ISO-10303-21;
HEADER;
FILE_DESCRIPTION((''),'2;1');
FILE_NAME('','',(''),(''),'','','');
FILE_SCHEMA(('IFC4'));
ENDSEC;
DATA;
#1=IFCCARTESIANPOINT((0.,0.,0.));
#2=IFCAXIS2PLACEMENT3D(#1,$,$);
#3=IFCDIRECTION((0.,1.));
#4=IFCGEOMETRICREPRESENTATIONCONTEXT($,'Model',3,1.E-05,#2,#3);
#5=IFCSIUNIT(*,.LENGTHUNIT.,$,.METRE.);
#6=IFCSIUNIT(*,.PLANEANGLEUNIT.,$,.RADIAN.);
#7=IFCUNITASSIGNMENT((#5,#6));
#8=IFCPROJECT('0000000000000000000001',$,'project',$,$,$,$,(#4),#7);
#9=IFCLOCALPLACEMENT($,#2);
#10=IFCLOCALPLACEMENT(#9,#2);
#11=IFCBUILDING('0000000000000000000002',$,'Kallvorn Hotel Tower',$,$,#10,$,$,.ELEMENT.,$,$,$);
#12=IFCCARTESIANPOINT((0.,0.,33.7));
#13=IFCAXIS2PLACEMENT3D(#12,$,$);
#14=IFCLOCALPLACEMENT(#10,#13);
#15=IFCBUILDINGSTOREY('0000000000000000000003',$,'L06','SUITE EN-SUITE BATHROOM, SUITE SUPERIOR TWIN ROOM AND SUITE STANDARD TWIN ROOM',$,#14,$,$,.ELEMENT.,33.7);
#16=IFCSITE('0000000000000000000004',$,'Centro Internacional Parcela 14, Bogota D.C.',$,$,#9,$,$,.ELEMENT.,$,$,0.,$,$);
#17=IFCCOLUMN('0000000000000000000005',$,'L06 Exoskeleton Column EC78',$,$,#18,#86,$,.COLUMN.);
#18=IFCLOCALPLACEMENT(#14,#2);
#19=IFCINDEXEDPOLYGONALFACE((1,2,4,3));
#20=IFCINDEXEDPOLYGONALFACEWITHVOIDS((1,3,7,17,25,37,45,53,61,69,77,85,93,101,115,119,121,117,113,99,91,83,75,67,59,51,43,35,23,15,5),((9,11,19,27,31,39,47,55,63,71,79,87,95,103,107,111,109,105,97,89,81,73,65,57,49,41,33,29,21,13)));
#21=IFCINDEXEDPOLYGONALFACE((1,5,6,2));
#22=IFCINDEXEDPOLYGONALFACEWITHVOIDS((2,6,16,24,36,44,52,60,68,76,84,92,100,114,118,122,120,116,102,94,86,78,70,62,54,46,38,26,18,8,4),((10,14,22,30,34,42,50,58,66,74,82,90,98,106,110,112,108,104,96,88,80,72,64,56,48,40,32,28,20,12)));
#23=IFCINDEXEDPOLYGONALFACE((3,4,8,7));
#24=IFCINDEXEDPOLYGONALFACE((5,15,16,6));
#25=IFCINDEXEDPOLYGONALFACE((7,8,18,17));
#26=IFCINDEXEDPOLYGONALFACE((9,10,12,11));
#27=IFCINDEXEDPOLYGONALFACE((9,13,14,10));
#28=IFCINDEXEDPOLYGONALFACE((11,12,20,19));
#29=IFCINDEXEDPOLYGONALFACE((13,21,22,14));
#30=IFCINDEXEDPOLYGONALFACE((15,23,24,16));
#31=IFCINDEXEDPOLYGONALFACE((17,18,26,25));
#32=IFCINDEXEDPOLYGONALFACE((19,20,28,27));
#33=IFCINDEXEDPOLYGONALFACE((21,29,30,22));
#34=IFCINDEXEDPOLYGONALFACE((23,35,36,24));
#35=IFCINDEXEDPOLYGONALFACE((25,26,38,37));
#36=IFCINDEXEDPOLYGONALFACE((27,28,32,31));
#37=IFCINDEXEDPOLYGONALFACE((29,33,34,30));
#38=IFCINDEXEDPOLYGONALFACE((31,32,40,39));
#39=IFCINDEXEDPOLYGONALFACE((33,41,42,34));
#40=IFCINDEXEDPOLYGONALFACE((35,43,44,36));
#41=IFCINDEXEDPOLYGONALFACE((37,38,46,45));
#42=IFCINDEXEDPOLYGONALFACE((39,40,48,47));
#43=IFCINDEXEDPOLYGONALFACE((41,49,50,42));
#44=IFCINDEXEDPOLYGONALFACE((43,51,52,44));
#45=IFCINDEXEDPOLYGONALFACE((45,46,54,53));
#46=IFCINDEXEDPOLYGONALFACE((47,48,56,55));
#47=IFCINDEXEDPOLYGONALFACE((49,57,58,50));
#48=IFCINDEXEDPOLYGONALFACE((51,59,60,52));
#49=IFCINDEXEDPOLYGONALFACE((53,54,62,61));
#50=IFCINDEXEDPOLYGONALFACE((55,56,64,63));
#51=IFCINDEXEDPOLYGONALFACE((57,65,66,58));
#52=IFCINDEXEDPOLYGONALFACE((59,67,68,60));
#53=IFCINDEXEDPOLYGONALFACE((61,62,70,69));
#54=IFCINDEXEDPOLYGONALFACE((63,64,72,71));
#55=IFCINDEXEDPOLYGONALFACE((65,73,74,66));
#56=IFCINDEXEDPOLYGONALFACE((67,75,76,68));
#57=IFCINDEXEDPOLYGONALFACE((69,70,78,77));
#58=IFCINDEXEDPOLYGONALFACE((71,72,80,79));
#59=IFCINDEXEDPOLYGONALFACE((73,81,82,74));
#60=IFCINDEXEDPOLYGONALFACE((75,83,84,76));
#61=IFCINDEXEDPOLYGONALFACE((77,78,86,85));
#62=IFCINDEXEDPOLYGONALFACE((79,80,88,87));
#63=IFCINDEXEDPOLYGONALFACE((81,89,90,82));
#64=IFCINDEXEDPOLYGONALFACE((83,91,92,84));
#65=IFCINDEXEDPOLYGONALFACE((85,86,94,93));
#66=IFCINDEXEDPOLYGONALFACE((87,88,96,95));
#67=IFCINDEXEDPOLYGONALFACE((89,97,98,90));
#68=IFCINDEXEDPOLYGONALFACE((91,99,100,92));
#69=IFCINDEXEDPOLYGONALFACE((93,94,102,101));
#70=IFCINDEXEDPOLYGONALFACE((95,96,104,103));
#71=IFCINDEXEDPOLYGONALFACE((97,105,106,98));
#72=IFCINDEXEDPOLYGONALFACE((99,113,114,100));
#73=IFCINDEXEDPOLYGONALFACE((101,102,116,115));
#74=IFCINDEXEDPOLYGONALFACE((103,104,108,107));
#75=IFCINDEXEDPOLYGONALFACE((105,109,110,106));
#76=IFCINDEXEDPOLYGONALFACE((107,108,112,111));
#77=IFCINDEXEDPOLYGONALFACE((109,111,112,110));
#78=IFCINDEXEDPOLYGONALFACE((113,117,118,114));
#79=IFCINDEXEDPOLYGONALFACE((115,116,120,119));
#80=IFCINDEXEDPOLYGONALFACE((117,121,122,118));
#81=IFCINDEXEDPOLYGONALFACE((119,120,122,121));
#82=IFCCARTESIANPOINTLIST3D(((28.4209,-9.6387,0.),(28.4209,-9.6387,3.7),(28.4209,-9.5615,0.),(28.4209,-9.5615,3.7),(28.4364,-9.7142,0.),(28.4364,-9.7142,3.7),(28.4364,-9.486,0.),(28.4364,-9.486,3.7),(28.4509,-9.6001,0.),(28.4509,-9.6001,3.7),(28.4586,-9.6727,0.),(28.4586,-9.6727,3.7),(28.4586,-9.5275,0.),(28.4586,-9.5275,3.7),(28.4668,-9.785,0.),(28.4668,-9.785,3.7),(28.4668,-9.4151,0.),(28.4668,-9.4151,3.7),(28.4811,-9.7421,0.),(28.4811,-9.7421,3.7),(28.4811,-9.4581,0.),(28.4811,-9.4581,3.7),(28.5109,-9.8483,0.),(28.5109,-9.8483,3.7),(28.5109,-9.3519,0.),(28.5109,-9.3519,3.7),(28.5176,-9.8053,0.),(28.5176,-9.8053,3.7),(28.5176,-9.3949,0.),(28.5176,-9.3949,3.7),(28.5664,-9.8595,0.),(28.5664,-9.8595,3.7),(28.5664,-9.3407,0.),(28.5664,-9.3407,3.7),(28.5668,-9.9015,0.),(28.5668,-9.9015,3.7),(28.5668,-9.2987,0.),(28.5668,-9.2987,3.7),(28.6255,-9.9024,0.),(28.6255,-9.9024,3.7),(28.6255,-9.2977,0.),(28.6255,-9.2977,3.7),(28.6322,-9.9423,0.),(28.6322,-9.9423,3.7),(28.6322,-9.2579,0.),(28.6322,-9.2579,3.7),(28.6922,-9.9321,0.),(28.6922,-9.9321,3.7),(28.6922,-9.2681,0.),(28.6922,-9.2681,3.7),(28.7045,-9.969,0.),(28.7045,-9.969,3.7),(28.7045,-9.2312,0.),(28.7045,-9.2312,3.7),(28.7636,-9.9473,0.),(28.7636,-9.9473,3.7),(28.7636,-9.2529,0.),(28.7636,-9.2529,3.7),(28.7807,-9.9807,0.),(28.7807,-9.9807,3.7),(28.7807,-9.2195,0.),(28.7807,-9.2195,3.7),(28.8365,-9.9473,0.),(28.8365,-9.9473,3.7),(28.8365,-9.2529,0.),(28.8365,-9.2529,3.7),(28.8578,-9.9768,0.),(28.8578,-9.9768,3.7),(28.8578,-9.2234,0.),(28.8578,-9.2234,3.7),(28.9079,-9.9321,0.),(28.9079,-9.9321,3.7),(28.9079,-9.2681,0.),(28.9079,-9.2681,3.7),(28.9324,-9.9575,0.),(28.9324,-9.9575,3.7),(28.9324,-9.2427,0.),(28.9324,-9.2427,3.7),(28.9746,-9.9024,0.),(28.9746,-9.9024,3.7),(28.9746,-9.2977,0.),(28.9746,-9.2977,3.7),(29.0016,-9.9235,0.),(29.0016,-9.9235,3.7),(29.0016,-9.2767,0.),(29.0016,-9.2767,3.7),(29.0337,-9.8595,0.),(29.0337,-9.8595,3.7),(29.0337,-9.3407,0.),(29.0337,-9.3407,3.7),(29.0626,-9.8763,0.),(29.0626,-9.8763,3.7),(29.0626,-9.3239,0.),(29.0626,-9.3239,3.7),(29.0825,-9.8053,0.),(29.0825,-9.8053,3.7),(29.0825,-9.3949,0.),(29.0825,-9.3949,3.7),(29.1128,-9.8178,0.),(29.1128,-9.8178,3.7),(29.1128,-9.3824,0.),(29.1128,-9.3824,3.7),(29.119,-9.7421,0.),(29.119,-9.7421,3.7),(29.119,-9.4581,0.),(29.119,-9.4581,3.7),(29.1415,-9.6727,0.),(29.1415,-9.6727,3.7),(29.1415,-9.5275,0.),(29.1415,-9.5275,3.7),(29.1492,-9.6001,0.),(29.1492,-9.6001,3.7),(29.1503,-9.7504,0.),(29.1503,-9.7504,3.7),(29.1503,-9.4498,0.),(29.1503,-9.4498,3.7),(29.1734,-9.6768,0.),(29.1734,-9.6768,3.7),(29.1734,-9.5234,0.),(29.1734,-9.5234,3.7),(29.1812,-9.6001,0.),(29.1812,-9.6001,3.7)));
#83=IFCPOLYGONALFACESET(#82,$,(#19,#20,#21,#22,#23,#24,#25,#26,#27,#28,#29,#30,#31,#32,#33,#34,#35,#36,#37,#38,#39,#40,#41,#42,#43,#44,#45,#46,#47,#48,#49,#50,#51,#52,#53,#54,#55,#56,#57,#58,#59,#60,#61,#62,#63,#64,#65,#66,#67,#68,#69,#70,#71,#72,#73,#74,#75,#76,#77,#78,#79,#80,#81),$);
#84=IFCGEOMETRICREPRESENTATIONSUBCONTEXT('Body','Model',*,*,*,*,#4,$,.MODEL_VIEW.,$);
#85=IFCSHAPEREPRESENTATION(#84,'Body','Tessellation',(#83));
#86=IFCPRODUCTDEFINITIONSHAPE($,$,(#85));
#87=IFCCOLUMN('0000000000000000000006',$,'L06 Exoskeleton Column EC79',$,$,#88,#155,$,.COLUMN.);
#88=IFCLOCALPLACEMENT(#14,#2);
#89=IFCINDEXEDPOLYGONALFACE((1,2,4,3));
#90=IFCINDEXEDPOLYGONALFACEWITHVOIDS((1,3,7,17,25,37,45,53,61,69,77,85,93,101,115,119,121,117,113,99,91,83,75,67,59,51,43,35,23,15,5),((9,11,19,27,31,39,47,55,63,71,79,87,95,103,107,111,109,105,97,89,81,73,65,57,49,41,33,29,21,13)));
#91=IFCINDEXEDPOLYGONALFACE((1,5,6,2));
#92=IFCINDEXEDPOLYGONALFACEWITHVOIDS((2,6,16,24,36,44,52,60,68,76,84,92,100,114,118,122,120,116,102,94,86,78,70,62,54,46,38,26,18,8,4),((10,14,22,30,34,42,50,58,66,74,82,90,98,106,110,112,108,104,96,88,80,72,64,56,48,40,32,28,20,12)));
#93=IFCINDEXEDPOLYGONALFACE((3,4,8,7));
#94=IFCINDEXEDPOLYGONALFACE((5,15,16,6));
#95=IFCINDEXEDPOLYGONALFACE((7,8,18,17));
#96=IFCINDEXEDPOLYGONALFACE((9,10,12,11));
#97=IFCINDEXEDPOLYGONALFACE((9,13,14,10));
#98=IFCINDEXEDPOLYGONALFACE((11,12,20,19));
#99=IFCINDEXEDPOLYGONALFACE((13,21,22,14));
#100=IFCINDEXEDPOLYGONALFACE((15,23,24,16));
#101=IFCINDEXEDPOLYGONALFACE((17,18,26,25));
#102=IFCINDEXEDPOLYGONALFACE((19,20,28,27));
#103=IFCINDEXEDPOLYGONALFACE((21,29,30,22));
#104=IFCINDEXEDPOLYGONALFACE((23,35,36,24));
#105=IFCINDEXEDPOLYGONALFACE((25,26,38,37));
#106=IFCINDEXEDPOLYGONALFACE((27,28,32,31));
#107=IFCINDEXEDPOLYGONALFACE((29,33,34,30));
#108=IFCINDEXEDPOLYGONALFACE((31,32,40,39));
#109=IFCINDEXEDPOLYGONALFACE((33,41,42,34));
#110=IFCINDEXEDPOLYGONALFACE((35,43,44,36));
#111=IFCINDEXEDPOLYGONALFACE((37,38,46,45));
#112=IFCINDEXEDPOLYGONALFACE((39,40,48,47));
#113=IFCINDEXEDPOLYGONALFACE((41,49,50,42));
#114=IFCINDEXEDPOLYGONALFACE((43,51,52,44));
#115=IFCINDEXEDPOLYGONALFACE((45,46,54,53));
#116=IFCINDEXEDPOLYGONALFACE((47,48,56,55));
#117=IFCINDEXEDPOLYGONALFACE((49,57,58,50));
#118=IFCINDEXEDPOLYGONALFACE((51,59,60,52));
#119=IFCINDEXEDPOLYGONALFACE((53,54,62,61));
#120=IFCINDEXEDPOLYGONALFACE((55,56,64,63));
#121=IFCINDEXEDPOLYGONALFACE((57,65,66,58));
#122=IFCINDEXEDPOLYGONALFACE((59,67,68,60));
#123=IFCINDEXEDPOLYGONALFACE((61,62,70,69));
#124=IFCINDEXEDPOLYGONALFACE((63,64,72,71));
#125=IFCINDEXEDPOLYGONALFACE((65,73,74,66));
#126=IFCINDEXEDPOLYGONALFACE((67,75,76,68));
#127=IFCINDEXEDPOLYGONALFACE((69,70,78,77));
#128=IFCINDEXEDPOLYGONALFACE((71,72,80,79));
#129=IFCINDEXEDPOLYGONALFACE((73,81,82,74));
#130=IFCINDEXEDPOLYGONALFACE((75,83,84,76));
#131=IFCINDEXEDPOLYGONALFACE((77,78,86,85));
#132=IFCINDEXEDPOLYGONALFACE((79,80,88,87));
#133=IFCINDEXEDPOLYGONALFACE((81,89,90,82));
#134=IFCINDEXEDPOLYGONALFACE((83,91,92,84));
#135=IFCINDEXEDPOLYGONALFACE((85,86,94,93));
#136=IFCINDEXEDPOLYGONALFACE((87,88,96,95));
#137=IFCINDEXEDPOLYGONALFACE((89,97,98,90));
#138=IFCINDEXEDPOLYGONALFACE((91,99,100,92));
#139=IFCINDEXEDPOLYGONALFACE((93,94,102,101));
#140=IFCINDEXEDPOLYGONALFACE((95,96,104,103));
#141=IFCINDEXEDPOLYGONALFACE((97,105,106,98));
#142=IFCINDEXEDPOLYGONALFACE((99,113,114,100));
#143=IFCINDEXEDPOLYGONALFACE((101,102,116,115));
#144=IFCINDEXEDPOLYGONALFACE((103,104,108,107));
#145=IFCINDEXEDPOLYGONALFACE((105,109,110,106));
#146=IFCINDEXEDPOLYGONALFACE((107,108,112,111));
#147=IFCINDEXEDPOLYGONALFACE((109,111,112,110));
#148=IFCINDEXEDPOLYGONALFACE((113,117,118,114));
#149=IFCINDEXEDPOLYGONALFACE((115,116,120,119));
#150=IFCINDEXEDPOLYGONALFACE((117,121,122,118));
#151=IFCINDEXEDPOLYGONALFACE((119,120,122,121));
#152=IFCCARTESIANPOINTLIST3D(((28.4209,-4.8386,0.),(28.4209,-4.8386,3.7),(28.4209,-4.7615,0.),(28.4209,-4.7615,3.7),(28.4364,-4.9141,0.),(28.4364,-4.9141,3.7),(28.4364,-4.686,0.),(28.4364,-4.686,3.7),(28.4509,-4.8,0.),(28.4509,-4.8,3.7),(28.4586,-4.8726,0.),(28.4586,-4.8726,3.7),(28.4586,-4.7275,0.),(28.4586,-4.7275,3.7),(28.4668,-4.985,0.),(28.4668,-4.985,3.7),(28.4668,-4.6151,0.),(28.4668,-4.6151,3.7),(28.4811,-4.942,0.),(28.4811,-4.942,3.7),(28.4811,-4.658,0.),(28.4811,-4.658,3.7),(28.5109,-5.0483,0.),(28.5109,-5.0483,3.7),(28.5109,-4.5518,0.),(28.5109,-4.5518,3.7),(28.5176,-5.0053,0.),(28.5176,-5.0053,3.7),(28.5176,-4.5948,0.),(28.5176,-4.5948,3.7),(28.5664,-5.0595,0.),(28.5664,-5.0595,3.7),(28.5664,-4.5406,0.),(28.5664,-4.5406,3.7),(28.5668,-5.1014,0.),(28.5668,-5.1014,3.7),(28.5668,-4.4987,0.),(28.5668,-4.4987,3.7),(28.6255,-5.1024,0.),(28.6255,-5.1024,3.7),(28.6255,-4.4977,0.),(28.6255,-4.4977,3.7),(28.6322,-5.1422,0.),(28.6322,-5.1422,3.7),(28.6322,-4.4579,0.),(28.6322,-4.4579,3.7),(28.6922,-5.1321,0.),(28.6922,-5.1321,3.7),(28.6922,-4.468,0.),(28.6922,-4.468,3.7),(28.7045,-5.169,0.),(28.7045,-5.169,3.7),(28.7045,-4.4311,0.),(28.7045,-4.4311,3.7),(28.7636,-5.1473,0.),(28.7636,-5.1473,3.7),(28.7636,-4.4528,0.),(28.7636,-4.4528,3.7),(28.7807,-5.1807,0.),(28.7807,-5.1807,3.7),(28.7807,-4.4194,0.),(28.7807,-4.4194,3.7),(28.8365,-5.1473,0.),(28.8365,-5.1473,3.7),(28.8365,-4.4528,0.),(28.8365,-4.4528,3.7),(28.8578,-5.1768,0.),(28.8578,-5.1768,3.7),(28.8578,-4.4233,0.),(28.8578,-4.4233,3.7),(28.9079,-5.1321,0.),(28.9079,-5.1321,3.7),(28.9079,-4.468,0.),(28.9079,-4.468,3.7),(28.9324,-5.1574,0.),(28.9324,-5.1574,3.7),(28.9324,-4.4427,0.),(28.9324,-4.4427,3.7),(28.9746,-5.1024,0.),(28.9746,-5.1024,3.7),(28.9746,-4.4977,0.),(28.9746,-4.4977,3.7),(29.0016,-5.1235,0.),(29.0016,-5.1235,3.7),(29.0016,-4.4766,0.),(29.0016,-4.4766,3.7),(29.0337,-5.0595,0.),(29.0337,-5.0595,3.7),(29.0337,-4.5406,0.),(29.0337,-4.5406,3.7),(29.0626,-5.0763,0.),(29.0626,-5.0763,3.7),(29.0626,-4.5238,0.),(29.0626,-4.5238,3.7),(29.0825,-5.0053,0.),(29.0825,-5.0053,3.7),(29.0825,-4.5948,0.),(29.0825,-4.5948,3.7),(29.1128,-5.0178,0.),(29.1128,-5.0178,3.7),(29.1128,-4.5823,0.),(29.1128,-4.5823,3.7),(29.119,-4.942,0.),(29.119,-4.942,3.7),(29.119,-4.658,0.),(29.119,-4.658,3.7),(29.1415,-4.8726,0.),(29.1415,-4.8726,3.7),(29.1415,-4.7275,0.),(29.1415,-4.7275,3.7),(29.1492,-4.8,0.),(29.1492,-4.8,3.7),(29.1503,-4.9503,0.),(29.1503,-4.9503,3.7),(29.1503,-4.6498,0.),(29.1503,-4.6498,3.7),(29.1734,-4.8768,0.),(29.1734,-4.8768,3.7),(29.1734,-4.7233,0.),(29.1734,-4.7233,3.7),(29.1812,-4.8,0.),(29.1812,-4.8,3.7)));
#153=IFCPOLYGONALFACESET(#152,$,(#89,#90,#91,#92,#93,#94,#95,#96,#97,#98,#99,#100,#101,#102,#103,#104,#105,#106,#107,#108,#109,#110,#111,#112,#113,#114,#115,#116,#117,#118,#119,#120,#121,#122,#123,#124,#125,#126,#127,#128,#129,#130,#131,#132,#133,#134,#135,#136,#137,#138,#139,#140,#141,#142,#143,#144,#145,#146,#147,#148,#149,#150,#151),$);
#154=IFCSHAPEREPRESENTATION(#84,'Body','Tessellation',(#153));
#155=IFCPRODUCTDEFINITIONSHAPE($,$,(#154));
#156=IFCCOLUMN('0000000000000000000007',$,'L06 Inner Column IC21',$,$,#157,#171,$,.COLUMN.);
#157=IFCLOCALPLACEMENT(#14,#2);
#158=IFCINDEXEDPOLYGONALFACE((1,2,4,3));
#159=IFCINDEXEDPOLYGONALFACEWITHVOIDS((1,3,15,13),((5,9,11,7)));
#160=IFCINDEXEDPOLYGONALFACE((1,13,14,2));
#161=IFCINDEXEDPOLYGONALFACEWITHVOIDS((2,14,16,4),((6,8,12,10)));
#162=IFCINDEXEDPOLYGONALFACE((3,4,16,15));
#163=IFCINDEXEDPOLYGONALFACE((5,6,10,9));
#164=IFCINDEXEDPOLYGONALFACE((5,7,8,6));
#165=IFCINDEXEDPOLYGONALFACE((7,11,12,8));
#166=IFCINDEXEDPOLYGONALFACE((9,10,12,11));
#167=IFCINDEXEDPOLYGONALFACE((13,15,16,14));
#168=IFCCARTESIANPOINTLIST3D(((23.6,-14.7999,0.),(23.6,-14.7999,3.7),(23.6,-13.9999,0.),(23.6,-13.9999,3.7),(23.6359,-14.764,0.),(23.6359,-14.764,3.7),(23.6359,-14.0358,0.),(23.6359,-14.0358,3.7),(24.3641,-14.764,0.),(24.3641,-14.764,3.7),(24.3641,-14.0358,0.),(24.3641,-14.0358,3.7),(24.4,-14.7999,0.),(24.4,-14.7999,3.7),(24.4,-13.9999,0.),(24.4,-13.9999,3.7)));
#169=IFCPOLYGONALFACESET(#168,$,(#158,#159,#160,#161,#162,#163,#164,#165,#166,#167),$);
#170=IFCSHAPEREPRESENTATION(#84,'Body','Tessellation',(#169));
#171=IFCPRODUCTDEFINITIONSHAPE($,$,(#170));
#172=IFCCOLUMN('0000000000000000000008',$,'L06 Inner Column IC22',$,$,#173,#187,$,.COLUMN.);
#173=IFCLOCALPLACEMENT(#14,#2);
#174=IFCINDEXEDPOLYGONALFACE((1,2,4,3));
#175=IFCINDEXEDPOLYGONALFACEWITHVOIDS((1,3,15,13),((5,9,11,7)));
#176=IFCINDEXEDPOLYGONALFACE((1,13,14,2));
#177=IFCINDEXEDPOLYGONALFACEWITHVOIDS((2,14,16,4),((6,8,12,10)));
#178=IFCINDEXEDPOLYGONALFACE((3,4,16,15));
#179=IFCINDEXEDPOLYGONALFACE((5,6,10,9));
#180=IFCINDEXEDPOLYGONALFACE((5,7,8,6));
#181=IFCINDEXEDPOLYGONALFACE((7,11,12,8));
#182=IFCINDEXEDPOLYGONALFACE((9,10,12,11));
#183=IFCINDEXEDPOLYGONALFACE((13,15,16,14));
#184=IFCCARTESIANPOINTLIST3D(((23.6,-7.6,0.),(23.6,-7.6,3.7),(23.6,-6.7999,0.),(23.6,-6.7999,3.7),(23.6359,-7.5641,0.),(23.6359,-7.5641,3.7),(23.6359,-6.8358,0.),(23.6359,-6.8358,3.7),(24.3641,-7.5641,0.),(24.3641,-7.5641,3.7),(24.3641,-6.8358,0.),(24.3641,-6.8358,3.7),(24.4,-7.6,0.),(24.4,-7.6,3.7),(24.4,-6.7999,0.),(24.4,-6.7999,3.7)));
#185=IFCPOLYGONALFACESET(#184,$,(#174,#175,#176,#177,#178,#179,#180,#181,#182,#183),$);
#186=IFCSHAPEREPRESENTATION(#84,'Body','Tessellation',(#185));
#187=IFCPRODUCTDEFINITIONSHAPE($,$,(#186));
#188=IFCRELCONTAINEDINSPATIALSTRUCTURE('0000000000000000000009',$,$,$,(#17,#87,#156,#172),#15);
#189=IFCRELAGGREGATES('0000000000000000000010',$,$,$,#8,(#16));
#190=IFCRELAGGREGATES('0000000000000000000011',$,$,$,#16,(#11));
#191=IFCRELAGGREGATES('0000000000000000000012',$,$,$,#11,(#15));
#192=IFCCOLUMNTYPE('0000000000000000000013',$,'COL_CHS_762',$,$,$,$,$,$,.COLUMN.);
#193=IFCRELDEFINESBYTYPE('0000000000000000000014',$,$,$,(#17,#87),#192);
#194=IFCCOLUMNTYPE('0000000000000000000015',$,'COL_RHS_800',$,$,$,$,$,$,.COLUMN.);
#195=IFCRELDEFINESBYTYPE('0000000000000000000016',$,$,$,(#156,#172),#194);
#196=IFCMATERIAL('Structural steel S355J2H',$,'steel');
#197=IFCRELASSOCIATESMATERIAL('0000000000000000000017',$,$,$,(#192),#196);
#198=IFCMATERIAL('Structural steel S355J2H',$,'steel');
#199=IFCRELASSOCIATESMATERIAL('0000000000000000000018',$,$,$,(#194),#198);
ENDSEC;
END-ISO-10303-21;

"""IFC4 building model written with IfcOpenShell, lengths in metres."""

from ifc_helpers import new_model, si_unit, direction, frame, origin, origin_2d, place, context, subcontext, project, spatial, hollow_rectangle, hollow_circle, extrude, material, material_profile, profile_set, type_object, element, save


model = new_model("IFC4")

# Units and contexts
model_context = context("Model", 3, precision=1e-05, world=origin(), true_north=direction((0.0, 1.0)))
body_context = subcontext(model_context, "Body", "Model", "MODEL_VIEW")
ifc_project = project(units=[si_unit("LENGTHUNIT", "METRE"), si_unit("PLANEANGLEUNIT", "RADIAN")], contexts=[model_context])

# Site, building, storey
site_placement = place(None, origin())
site = spatial("IfcSite", under=ifc_project, at=site_placement, Name="Centro Internacional Parcela 14, Bogota D.C.", CompositionType="ELEMENT", RefElevation=0.0)
building_placement = place(site_placement, origin())
building = spatial("IfcBuilding", under=site, at=building_placement, Name="Kallvorn Hotel Tower", CompositionType="ELEMENT")
storey_placement = place(building_placement, frame((0.0, 0.0, 33.7)))
storey = spatial("IfcBuildingStorey", under=building, at=storey_placement, Name="L06", Description="SUITE EN-SUITE BATHROOM, SUITE SUPERIOR TWIN ROOM AND SUITE STANDARD TWIN ROOM", CompositionType="ELEMENT", Elevation=33.7)

# Columns
ifc_material_1 = material(Name="Structural steel S355J2H", Category="steel")
ifc_material_profile_1 = material_profile(ifc_material_1, hollow_circle(Radius=0.3811, WallThickness=0.032, at=origin_2d()), Name="CHS 762x32")
ifc_profile_set_1 = profile_set([ifc_material_profile_1], Name="Structural steel S355J2H")
column_type_1 = type_object("IfcColumnType", Name="COL_CHS_762", PredefinedType="COLUMN", material=ifc_profile_set_1)
for number, where, z_axis, x_axis, name in (
    (1, (28.8, -9.6001, 0.0), (0.0, 0.0, 1.0), (1.0, 0.0, 0.0), "L06 Exoskeleton Column EC78"),
    (2, (28.8, -4.8, 0.0), (0.0, 0.0, 1.0), (1.0, 0.0, 0.0), "L06 Exoskeleton Column EC79"),
):
    element("IfcColumn", number, at=place(storey_placement, frame(where, z_axis=z_axis, x_axis=x_axis)), inside=storey, type_object=column_type_1, Name=name, PredefinedType="COLUMN", context=body_context, shape_type="SweptSolid", body=[
        extrude(hollow_circle(Radius=0.3811, WallThickness=0.032, at=origin_2d()), origin(), (0.0, 0.0, 1.0), 3.7),
    ])
ifc_material_2 = material(Name="Structural steel S355J2H", Category="steel")
ifc_material_profile_2 = material_profile(ifc_material_2, hollow_rectangle(XDim=0.8, YDim=0.8, WallThickness=0.0359, at=origin_2d()), Name="RHS 800x800x36")
ifc_profile_set_2 = profile_set([ifc_material_profile_2], Name="Structural steel S355J2H")
column_type_2 = type_object("IfcColumnType", Name="COL_RHS_800", PredefinedType="COLUMN", material=ifc_profile_set_2)
for number, where, z_axis, x_axis, name in (
    (3, (24.0, -14.3999, 0.0), (0.0, 0.0, 1.0), (1.0, 0.0, 0.0), "L06 Inner Column IC21"),
    (4, (24.0, -7.2, 0.0), (0.0, 0.0, 1.0), (1.0, 0.0, 0.0), "L06 Inner Column IC22"),
):
    element("IfcColumn", number, at=place(storey_placement, frame(where, z_axis=z_axis, x_axis=x_axis)), inside=storey, type_object=column_type_2, Name=name, PredefinedType="COLUMN", context=body_context, shape_type="SweptSolid", body=[
        extrude(hollow_rectangle(XDim=0.8, YDim=0.8, WallThickness=0.0359, at=origin_2d()), origin(), (0.0, 0.0, 1.0), 3.7),
    ])

save(model, "model.ifc")
